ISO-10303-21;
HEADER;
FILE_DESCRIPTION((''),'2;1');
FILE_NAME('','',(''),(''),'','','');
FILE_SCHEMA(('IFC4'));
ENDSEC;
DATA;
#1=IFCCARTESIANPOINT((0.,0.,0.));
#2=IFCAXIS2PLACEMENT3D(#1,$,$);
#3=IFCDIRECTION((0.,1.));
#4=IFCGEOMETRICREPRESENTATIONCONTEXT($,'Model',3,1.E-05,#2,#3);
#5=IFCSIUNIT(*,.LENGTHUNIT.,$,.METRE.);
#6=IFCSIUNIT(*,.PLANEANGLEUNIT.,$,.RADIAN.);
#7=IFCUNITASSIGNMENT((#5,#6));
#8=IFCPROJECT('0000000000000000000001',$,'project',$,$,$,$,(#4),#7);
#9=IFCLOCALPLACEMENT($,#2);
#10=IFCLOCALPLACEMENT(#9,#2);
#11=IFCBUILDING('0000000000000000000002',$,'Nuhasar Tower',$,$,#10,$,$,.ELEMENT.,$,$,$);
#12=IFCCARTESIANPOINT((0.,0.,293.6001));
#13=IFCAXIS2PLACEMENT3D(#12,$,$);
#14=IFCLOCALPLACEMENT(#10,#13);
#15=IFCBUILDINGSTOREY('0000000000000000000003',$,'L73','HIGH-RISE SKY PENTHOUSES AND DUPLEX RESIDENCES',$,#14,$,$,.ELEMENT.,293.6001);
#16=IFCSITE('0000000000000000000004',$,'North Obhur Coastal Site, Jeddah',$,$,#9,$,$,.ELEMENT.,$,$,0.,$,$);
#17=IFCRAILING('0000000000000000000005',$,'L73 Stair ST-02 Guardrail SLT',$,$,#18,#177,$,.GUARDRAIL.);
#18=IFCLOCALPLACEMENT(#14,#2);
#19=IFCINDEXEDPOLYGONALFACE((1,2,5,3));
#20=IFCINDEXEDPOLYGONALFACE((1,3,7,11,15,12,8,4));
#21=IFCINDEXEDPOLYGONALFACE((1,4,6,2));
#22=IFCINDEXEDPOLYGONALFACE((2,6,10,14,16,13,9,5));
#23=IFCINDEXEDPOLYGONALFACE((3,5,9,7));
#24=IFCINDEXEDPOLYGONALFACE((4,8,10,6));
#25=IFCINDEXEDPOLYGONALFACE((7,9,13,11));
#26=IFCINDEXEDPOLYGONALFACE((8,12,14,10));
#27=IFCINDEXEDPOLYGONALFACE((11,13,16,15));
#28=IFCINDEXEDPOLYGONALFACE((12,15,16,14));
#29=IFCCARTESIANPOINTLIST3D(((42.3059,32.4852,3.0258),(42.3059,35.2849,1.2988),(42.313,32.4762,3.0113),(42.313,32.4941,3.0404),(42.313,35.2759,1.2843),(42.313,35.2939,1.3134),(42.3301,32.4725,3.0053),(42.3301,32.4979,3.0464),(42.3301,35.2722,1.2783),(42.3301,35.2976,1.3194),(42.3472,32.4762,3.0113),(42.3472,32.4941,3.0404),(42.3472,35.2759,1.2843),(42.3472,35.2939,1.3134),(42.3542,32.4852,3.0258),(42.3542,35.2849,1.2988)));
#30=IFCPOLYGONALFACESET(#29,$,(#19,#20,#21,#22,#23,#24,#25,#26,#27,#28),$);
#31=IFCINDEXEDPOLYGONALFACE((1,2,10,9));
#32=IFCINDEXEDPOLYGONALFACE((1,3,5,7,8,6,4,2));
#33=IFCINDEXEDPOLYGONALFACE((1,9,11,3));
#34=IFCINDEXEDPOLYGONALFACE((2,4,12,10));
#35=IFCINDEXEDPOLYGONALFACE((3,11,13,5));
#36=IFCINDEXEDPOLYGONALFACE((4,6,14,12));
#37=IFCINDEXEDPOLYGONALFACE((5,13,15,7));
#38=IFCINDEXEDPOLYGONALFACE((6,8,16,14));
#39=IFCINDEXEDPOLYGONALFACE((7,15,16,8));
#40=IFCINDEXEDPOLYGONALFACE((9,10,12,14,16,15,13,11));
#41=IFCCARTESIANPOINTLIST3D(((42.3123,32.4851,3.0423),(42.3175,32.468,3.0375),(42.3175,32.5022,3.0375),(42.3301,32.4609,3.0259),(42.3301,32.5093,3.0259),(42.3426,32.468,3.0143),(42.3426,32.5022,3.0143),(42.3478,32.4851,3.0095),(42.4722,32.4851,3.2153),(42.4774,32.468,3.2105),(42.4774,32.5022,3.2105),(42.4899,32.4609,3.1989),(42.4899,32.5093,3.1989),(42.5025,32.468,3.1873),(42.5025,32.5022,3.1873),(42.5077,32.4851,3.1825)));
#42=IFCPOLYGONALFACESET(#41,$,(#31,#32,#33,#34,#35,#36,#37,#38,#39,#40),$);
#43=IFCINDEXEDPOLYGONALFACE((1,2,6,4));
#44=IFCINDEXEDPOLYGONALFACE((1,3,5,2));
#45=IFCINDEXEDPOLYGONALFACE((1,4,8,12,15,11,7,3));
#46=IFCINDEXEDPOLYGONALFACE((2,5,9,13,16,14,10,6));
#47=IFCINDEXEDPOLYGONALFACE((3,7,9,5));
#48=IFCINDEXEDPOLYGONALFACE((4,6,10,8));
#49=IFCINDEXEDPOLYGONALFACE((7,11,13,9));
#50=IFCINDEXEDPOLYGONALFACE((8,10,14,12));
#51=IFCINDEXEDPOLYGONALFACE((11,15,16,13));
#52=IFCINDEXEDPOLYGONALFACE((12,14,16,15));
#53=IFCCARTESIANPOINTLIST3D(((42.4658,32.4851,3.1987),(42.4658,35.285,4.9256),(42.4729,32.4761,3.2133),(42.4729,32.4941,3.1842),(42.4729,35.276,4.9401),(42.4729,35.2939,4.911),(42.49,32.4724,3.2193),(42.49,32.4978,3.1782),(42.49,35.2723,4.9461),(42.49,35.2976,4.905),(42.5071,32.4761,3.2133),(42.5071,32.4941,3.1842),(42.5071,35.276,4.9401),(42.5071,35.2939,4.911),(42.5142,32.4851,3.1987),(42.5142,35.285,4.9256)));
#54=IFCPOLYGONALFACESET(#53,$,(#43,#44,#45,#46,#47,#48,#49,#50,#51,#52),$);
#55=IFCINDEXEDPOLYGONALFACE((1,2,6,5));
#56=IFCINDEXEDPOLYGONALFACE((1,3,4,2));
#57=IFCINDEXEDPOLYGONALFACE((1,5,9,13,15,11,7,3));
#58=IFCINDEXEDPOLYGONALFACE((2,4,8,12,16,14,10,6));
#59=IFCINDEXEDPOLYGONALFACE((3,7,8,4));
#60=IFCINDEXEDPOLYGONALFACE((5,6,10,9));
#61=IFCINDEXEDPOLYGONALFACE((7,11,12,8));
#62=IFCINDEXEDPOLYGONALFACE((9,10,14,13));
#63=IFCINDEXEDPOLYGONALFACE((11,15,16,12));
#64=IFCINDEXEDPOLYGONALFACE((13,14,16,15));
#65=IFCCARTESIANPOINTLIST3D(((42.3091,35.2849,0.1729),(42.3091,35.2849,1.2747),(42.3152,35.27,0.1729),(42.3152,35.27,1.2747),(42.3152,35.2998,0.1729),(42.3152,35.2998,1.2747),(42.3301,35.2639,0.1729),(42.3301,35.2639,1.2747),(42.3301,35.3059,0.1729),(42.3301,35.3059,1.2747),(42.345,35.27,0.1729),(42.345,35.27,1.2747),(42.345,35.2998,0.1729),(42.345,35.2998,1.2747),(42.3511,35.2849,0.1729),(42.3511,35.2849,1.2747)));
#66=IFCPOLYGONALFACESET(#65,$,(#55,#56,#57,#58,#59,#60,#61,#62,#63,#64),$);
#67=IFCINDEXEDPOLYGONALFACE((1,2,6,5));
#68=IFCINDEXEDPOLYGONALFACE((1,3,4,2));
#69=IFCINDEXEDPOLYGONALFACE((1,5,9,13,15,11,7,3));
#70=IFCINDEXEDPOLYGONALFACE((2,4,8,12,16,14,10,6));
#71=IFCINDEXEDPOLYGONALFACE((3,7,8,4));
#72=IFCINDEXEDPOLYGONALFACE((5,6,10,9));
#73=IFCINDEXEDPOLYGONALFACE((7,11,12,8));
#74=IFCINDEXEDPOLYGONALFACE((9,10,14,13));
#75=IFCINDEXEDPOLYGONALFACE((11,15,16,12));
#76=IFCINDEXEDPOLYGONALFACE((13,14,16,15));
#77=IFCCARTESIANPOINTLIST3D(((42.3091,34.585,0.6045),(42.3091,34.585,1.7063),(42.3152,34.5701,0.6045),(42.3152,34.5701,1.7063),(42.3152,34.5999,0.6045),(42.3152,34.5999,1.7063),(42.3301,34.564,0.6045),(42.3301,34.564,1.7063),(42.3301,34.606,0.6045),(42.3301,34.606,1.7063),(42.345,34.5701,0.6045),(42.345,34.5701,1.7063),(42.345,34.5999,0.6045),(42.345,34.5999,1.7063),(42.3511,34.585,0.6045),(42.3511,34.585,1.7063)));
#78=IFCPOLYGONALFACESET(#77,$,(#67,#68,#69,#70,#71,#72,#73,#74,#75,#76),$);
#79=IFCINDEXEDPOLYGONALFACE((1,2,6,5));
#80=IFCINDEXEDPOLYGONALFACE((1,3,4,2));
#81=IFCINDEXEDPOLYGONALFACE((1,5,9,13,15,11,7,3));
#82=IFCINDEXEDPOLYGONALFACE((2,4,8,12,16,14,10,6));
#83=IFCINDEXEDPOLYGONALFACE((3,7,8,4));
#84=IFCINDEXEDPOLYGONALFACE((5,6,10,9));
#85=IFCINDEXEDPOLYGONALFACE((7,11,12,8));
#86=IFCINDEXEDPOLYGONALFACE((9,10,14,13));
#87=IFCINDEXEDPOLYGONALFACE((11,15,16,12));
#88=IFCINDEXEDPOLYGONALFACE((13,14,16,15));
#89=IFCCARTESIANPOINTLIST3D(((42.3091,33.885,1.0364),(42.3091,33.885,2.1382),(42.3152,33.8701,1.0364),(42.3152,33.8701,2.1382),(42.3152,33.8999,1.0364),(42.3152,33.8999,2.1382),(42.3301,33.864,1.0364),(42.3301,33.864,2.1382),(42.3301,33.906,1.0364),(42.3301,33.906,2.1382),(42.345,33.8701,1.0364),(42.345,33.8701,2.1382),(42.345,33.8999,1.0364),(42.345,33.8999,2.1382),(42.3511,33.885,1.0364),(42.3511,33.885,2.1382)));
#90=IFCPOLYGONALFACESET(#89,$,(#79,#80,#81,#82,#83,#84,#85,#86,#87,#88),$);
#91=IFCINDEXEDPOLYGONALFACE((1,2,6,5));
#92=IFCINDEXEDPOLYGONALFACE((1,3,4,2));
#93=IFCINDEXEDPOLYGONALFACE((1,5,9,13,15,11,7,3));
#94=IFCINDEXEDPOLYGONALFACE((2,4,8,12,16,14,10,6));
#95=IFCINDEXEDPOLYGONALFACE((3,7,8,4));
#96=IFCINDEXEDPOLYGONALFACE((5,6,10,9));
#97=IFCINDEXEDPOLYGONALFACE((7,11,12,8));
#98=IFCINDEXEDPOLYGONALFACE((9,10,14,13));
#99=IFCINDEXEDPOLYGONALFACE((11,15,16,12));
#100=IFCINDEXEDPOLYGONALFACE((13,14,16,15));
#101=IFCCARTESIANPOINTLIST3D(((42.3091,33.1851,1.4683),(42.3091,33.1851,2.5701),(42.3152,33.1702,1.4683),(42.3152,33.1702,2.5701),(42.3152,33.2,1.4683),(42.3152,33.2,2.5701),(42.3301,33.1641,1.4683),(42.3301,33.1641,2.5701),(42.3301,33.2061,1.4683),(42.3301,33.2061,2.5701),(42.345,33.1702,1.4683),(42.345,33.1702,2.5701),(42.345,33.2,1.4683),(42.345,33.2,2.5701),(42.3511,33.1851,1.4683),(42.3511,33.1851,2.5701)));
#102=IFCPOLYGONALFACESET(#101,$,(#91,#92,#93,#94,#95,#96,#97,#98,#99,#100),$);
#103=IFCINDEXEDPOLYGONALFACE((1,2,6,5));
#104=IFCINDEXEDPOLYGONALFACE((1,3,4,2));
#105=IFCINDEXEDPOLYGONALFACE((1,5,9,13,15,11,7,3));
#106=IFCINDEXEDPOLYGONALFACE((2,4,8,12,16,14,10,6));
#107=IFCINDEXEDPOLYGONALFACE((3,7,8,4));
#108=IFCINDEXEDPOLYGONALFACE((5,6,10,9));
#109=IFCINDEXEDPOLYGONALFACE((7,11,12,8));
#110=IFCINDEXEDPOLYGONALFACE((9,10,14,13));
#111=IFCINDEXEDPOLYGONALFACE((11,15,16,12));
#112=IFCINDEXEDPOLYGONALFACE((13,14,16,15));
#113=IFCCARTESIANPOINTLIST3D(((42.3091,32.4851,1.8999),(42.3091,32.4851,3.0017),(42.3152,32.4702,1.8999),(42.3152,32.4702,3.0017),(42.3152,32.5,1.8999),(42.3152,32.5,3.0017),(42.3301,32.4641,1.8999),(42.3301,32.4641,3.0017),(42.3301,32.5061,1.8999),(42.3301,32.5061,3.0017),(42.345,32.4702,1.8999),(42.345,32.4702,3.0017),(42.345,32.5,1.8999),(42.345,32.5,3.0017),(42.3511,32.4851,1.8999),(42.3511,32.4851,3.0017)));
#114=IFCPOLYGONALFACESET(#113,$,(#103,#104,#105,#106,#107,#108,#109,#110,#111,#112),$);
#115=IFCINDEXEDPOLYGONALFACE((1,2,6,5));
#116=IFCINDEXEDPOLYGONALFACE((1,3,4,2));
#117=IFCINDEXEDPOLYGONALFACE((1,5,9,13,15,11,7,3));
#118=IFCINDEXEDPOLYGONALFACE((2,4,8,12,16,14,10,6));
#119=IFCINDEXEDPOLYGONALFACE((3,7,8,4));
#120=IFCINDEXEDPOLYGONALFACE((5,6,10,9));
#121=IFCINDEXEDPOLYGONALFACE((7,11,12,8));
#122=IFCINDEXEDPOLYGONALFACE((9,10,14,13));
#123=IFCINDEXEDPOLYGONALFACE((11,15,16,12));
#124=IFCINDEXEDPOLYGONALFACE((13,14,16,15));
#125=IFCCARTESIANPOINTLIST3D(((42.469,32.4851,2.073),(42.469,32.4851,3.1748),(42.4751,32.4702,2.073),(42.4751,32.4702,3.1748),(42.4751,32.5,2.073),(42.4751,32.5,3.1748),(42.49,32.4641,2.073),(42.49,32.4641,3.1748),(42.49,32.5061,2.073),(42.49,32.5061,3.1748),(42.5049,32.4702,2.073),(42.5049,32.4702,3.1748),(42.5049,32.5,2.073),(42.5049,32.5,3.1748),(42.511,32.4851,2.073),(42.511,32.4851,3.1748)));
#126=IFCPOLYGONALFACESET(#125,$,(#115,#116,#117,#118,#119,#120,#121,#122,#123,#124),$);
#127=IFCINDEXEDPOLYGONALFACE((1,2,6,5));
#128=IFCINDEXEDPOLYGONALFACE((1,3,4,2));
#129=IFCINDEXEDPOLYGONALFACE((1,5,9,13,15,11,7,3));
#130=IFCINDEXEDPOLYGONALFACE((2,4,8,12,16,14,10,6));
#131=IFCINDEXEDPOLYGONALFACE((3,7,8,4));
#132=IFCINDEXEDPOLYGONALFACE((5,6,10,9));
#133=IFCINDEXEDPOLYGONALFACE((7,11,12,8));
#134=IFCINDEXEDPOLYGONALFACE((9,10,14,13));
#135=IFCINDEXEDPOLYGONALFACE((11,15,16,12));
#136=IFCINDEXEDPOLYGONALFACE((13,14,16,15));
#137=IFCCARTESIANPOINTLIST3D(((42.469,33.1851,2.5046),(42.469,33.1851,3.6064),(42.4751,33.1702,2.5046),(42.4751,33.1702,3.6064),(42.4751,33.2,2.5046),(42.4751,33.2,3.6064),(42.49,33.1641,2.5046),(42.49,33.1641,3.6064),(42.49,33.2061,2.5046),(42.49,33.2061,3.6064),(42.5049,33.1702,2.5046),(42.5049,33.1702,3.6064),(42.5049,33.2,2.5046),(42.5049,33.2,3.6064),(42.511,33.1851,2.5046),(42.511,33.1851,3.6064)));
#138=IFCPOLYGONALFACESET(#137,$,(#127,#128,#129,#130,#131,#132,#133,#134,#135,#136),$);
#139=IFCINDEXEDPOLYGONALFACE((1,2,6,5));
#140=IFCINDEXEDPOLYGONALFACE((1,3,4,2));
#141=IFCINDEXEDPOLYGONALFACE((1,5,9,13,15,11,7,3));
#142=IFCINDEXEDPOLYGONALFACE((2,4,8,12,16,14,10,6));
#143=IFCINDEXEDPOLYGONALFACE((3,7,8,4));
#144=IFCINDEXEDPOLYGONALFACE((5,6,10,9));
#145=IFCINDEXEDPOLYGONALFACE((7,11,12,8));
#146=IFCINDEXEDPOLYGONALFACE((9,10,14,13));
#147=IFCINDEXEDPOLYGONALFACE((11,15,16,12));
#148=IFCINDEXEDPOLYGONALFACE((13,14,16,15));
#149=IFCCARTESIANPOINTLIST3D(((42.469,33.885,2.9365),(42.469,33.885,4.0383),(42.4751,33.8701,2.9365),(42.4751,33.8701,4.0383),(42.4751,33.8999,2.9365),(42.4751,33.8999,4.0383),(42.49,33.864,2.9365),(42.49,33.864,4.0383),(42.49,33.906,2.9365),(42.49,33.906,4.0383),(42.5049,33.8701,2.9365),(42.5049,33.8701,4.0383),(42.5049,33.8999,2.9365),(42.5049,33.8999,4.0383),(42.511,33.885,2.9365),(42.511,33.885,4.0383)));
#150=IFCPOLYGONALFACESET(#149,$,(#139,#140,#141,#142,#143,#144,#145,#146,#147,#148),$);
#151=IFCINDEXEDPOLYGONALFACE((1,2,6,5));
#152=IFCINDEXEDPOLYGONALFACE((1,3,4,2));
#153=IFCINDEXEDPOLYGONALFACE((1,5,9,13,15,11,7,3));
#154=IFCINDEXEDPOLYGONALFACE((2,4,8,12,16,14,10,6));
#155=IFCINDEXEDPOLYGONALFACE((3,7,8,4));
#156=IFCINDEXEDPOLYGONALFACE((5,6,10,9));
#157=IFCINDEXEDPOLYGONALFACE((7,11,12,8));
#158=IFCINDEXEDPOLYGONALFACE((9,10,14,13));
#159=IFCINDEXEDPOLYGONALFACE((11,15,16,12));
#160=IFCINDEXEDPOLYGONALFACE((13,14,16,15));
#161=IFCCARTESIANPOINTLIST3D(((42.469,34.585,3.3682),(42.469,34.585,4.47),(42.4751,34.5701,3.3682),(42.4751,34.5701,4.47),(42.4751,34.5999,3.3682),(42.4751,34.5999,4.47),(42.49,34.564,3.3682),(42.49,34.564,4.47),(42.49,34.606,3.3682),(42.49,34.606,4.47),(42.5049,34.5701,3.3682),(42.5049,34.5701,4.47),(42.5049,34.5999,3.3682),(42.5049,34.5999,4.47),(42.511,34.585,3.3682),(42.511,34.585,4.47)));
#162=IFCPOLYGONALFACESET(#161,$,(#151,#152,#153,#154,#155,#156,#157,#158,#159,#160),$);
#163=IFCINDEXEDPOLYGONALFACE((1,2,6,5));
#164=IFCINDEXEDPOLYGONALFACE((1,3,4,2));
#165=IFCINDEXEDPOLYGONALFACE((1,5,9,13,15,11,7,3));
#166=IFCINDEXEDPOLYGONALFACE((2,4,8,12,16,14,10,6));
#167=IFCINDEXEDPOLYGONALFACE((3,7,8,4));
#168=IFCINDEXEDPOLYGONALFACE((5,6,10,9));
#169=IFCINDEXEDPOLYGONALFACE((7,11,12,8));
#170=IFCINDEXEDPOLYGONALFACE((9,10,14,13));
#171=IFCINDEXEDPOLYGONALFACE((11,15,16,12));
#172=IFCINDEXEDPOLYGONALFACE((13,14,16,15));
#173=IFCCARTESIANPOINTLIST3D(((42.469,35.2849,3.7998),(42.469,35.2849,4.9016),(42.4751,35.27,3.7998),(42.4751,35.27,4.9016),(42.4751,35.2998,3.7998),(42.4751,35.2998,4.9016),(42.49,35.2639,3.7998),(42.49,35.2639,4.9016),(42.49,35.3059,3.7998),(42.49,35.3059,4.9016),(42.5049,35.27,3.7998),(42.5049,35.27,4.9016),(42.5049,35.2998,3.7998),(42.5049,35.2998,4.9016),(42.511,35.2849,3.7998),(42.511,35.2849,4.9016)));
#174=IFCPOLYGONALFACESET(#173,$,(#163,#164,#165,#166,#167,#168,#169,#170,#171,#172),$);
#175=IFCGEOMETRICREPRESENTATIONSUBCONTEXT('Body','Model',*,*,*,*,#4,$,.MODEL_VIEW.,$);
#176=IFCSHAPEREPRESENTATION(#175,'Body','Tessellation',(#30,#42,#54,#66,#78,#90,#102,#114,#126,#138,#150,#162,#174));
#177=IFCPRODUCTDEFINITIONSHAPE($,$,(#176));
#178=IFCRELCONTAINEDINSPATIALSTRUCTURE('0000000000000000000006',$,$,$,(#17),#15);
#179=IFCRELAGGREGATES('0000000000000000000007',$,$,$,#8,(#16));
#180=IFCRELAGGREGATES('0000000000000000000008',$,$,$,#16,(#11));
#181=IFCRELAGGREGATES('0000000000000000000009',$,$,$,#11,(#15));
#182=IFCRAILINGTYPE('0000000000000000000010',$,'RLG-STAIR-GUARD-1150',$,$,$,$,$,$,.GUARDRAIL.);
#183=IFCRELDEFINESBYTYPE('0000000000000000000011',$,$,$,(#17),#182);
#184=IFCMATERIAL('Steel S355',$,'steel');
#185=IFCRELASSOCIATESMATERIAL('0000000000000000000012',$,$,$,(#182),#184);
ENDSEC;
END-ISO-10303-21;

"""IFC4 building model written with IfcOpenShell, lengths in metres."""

from ifc_helpers import new_model, si_unit, direction, frame, origin, place, context, subcontext, project, spatial, polyline, outline, extrude, material, type_object, element, save


model = new_model("IFC4")

# Units and contexts
model_context = context("Model", 3, precision=1e-05, world=origin(), true_north=direction((0.0, 1.0)))
body_context = subcontext(model_context, "Body", "Model", "MODEL_VIEW")
ifc_project = project(units=[si_unit("LENGTHUNIT", "METRE"), si_unit("PLANEANGLEUNIT", "RADIAN")], contexts=[model_context])

# Site, building, storey
site_placement = place(None, origin())
site = spatial("IfcSite", under=ifc_project, at=site_placement, Name="North Obhur Coastal Site, Jeddah", CompositionType="ELEMENT", RefElevation=0.0)
building_placement = place(site_placement, origin())
building = spatial("IfcBuilding", under=site, at=building_placement, Name="Nuhasar Tower", CompositionType="ELEMENT")
storey_placement = place(building_placement, frame((0.0, 0.0, 293.6001)))
storey = spatial("IfcBuildingStorey", under=building, at=storey_placement, Name="L73", Description="HIGH-RISE SKY PENTHOUSES AND DUPLEX RESIDENCES", CompositionType="ELEMENT", Elevation=293.6001)

# Shared definitions
ifc_material_1 = material(Name="Steel S355", Category="steel")

# Railing
railing_type_1 = type_object("IfcRailingType", Name="RLG-STAIR-GUARD-1150", PredefinedType="GUARDRAIL", material=ifc_material_1)
railing_1_placement = place(storey_placement, frame((42.3301, 35.2849, 0.1729)))
element("IfcRailing", 1, at=railing_1_placement, inside=storey, type_object=railing_type_1, Name="L73 Stair ST-02 Guardrail SLT", PredefinedType="GUARDRAIL", context=body_context, shape_type="SweptSolid", body=[
    extrude(outline(polyline([(0.0242, 0.0), (0.0171, 0.0171), (0.0, 0.0242), (-0.0171, 0.0171), (-0.0242, 0.0), (-0.0171, -0.0171), (0.0, -0.0242), (0.0171, -0.0171), (0.0242, 0.0)])), frame((0.0, 0.0, 1.126), z_axis=(0.0, -0.851102, 0.525), x_axis=(1.0, 0.0, 0.0)), (0.0, 0.0, 1.0), 3.2896),
    extrude(outline(polyline([(0.0242, 0.0), (0.0171, 0.0171), (0.0, 0.0242), (-0.0171, 0.0171), (-0.0242, 0.0), (-0.0171, -0.0171), (0.0, -0.0242), (0.0171, -0.0171), (0.0242, 0.0)])), frame((0.0, -2.7998, 2.853), z_axis=(0.678581, 0.0, 0.734525), x_axis=(0.0, 1.0, 0.0)), (0.0, 0.0, 1.0), 0.2356),
    extrude(outline(polyline([(0.0242, 0.0), (0.0171, 0.0171), (0.0, 0.0242), (-0.0171, 0.0171), (-0.0242, 0.0), (-0.0171, -0.0171), (0.0, -0.0242), (0.0171, -0.0171), (0.0242, 0.0)])), frame((0.1599, -2.7998, 3.0259), z_axis=(0.0, 0.851135, 0.524946), x_axis=(-1.0, 0.0, 0.0)), (0.0, 0.0, 1.0), 3.2896),
    extrude(outline(polyline([(0.021, 0.0), (0.0149, 0.0149), (0.0, 0.021), (-0.0149, 0.0149), (-0.021, 0.0), (-0.0149, -0.0149), (0.0, -0.021), (0.0149, -0.0149), (0.021, 0.0)])), origin(), (0.0, 0.0, 1.0), 1.1018),
    extrude(outline(polyline([(0.021, 0.0), (0.0149, 0.0149), (0.0, 0.021), (-0.0149, 0.0149), (-0.021, 0.0), (-0.0149, -0.0149), (0.0, -0.021), (0.0149, -0.0149), (0.021, 0.0)])), frame((0.0, -0.7, 0.4316)), (0.0, 0.0, 1.0), 1.1018),
    extrude(outline(polyline([(0.021, 0.0), (0.0149, 0.0149), (0.0, 0.021), (-0.0149, 0.0149), (-0.021, 0.0), (-0.0149, -0.0149), (0.0, -0.021), (0.0149, -0.0149), (0.021, 0.0)])), frame((0.0, -1.3999, 0.8635)), (0.0, 0.0, 1.0), 1.1018),
    extrude(outline(polyline([(0.021, 0.0), (0.0149, 0.0149), (0.0, 0.021), (-0.0149, 0.0149), (-0.021, 0.0), (-0.0149, -0.0149), (0.0, -0.021), (0.0149, -0.0149), (0.021, 0.0)])), frame((0.0, -2.0999, 1.2954)), (0.0, 0.0, 1.0), 1.1018),
    extrude(outline(polyline([(0.021, 0.0), (0.0149, 0.0149), (0.0, 0.021), (-0.0149, 0.0149), (-0.021, 0.0), (-0.0149, -0.0149), (0.0, -0.021), (0.0149, -0.0149), (0.021, 0.0)])), frame((0.0, -2.7998, 1.7271)), (0.0, 0.0, 1.0), 1.1018),
    extrude(outline(polyline([(0.021, 0.0), (0.0149, 0.0149), (0.0, 0.021), (-0.0149, 0.0149), (-0.021, 0.0), (-0.0149, -0.0149), (0.0, -0.021), (0.0149, -0.0149), (0.021, 0.0)])), frame((0.1599, -2.7998, 1.9001)), (0.0, 0.0, 1.0), 1.1018),
    extrude(outline(polyline([(0.021, 0.0), (0.0149, 0.0149), (0.0, 0.021), (-0.0149, 0.0149), (-0.021, 0.0), (-0.0149, -0.0149), (0.0, -0.021), (0.0149, -0.0149), (0.021, 0.0)])), frame((0.1599, -2.0999, 2.3318)), (0.0, 0.0, 1.0), 1.1018),
    extrude(outline(polyline([(0.021, 0.0), (0.0149, 0.0149), (0.0, 0.021), (-0.0149, 0.0149), (-0.021, 0.0), (-0.0149, -0.0149), (0.0, -0.021), (0.0149, -0.0149), (0.021, 0.0)])), frame((0.1599, -1.3999, 2.7637)), (0.0, 0.0, 1.0), 1.1018),
    extrude(outline(polyline([(0.021, 0.0), (0.0149, 0.0149), (0.0, 0.021), (-0.0149, 0.0149), (-0.021, 0.0), (-0.0149, -0.0149), (0.0, -0.021), (0.0149, -0.0149), (0.021, 0.0)])), frame((0.1599, -0.7, 3.1953)), (0.0, 0.0, 1.0), 1.1018),
    extrude(outline(polyline([(0.021, 0.0), (0.0149, 0.0149), (0.0, 0.021), (-0.0149, 0.0149), (-0.021, 0.0), (-0.0149, -0.0149), (0.0, -0.021), (0.0149, -0.0149), (0.021, 0.0)])), frame((0.1599, 0.0, 3.627)), (0.0, 0.0, 1.0), 1.1018),
])

save(model, "model.ifc")
